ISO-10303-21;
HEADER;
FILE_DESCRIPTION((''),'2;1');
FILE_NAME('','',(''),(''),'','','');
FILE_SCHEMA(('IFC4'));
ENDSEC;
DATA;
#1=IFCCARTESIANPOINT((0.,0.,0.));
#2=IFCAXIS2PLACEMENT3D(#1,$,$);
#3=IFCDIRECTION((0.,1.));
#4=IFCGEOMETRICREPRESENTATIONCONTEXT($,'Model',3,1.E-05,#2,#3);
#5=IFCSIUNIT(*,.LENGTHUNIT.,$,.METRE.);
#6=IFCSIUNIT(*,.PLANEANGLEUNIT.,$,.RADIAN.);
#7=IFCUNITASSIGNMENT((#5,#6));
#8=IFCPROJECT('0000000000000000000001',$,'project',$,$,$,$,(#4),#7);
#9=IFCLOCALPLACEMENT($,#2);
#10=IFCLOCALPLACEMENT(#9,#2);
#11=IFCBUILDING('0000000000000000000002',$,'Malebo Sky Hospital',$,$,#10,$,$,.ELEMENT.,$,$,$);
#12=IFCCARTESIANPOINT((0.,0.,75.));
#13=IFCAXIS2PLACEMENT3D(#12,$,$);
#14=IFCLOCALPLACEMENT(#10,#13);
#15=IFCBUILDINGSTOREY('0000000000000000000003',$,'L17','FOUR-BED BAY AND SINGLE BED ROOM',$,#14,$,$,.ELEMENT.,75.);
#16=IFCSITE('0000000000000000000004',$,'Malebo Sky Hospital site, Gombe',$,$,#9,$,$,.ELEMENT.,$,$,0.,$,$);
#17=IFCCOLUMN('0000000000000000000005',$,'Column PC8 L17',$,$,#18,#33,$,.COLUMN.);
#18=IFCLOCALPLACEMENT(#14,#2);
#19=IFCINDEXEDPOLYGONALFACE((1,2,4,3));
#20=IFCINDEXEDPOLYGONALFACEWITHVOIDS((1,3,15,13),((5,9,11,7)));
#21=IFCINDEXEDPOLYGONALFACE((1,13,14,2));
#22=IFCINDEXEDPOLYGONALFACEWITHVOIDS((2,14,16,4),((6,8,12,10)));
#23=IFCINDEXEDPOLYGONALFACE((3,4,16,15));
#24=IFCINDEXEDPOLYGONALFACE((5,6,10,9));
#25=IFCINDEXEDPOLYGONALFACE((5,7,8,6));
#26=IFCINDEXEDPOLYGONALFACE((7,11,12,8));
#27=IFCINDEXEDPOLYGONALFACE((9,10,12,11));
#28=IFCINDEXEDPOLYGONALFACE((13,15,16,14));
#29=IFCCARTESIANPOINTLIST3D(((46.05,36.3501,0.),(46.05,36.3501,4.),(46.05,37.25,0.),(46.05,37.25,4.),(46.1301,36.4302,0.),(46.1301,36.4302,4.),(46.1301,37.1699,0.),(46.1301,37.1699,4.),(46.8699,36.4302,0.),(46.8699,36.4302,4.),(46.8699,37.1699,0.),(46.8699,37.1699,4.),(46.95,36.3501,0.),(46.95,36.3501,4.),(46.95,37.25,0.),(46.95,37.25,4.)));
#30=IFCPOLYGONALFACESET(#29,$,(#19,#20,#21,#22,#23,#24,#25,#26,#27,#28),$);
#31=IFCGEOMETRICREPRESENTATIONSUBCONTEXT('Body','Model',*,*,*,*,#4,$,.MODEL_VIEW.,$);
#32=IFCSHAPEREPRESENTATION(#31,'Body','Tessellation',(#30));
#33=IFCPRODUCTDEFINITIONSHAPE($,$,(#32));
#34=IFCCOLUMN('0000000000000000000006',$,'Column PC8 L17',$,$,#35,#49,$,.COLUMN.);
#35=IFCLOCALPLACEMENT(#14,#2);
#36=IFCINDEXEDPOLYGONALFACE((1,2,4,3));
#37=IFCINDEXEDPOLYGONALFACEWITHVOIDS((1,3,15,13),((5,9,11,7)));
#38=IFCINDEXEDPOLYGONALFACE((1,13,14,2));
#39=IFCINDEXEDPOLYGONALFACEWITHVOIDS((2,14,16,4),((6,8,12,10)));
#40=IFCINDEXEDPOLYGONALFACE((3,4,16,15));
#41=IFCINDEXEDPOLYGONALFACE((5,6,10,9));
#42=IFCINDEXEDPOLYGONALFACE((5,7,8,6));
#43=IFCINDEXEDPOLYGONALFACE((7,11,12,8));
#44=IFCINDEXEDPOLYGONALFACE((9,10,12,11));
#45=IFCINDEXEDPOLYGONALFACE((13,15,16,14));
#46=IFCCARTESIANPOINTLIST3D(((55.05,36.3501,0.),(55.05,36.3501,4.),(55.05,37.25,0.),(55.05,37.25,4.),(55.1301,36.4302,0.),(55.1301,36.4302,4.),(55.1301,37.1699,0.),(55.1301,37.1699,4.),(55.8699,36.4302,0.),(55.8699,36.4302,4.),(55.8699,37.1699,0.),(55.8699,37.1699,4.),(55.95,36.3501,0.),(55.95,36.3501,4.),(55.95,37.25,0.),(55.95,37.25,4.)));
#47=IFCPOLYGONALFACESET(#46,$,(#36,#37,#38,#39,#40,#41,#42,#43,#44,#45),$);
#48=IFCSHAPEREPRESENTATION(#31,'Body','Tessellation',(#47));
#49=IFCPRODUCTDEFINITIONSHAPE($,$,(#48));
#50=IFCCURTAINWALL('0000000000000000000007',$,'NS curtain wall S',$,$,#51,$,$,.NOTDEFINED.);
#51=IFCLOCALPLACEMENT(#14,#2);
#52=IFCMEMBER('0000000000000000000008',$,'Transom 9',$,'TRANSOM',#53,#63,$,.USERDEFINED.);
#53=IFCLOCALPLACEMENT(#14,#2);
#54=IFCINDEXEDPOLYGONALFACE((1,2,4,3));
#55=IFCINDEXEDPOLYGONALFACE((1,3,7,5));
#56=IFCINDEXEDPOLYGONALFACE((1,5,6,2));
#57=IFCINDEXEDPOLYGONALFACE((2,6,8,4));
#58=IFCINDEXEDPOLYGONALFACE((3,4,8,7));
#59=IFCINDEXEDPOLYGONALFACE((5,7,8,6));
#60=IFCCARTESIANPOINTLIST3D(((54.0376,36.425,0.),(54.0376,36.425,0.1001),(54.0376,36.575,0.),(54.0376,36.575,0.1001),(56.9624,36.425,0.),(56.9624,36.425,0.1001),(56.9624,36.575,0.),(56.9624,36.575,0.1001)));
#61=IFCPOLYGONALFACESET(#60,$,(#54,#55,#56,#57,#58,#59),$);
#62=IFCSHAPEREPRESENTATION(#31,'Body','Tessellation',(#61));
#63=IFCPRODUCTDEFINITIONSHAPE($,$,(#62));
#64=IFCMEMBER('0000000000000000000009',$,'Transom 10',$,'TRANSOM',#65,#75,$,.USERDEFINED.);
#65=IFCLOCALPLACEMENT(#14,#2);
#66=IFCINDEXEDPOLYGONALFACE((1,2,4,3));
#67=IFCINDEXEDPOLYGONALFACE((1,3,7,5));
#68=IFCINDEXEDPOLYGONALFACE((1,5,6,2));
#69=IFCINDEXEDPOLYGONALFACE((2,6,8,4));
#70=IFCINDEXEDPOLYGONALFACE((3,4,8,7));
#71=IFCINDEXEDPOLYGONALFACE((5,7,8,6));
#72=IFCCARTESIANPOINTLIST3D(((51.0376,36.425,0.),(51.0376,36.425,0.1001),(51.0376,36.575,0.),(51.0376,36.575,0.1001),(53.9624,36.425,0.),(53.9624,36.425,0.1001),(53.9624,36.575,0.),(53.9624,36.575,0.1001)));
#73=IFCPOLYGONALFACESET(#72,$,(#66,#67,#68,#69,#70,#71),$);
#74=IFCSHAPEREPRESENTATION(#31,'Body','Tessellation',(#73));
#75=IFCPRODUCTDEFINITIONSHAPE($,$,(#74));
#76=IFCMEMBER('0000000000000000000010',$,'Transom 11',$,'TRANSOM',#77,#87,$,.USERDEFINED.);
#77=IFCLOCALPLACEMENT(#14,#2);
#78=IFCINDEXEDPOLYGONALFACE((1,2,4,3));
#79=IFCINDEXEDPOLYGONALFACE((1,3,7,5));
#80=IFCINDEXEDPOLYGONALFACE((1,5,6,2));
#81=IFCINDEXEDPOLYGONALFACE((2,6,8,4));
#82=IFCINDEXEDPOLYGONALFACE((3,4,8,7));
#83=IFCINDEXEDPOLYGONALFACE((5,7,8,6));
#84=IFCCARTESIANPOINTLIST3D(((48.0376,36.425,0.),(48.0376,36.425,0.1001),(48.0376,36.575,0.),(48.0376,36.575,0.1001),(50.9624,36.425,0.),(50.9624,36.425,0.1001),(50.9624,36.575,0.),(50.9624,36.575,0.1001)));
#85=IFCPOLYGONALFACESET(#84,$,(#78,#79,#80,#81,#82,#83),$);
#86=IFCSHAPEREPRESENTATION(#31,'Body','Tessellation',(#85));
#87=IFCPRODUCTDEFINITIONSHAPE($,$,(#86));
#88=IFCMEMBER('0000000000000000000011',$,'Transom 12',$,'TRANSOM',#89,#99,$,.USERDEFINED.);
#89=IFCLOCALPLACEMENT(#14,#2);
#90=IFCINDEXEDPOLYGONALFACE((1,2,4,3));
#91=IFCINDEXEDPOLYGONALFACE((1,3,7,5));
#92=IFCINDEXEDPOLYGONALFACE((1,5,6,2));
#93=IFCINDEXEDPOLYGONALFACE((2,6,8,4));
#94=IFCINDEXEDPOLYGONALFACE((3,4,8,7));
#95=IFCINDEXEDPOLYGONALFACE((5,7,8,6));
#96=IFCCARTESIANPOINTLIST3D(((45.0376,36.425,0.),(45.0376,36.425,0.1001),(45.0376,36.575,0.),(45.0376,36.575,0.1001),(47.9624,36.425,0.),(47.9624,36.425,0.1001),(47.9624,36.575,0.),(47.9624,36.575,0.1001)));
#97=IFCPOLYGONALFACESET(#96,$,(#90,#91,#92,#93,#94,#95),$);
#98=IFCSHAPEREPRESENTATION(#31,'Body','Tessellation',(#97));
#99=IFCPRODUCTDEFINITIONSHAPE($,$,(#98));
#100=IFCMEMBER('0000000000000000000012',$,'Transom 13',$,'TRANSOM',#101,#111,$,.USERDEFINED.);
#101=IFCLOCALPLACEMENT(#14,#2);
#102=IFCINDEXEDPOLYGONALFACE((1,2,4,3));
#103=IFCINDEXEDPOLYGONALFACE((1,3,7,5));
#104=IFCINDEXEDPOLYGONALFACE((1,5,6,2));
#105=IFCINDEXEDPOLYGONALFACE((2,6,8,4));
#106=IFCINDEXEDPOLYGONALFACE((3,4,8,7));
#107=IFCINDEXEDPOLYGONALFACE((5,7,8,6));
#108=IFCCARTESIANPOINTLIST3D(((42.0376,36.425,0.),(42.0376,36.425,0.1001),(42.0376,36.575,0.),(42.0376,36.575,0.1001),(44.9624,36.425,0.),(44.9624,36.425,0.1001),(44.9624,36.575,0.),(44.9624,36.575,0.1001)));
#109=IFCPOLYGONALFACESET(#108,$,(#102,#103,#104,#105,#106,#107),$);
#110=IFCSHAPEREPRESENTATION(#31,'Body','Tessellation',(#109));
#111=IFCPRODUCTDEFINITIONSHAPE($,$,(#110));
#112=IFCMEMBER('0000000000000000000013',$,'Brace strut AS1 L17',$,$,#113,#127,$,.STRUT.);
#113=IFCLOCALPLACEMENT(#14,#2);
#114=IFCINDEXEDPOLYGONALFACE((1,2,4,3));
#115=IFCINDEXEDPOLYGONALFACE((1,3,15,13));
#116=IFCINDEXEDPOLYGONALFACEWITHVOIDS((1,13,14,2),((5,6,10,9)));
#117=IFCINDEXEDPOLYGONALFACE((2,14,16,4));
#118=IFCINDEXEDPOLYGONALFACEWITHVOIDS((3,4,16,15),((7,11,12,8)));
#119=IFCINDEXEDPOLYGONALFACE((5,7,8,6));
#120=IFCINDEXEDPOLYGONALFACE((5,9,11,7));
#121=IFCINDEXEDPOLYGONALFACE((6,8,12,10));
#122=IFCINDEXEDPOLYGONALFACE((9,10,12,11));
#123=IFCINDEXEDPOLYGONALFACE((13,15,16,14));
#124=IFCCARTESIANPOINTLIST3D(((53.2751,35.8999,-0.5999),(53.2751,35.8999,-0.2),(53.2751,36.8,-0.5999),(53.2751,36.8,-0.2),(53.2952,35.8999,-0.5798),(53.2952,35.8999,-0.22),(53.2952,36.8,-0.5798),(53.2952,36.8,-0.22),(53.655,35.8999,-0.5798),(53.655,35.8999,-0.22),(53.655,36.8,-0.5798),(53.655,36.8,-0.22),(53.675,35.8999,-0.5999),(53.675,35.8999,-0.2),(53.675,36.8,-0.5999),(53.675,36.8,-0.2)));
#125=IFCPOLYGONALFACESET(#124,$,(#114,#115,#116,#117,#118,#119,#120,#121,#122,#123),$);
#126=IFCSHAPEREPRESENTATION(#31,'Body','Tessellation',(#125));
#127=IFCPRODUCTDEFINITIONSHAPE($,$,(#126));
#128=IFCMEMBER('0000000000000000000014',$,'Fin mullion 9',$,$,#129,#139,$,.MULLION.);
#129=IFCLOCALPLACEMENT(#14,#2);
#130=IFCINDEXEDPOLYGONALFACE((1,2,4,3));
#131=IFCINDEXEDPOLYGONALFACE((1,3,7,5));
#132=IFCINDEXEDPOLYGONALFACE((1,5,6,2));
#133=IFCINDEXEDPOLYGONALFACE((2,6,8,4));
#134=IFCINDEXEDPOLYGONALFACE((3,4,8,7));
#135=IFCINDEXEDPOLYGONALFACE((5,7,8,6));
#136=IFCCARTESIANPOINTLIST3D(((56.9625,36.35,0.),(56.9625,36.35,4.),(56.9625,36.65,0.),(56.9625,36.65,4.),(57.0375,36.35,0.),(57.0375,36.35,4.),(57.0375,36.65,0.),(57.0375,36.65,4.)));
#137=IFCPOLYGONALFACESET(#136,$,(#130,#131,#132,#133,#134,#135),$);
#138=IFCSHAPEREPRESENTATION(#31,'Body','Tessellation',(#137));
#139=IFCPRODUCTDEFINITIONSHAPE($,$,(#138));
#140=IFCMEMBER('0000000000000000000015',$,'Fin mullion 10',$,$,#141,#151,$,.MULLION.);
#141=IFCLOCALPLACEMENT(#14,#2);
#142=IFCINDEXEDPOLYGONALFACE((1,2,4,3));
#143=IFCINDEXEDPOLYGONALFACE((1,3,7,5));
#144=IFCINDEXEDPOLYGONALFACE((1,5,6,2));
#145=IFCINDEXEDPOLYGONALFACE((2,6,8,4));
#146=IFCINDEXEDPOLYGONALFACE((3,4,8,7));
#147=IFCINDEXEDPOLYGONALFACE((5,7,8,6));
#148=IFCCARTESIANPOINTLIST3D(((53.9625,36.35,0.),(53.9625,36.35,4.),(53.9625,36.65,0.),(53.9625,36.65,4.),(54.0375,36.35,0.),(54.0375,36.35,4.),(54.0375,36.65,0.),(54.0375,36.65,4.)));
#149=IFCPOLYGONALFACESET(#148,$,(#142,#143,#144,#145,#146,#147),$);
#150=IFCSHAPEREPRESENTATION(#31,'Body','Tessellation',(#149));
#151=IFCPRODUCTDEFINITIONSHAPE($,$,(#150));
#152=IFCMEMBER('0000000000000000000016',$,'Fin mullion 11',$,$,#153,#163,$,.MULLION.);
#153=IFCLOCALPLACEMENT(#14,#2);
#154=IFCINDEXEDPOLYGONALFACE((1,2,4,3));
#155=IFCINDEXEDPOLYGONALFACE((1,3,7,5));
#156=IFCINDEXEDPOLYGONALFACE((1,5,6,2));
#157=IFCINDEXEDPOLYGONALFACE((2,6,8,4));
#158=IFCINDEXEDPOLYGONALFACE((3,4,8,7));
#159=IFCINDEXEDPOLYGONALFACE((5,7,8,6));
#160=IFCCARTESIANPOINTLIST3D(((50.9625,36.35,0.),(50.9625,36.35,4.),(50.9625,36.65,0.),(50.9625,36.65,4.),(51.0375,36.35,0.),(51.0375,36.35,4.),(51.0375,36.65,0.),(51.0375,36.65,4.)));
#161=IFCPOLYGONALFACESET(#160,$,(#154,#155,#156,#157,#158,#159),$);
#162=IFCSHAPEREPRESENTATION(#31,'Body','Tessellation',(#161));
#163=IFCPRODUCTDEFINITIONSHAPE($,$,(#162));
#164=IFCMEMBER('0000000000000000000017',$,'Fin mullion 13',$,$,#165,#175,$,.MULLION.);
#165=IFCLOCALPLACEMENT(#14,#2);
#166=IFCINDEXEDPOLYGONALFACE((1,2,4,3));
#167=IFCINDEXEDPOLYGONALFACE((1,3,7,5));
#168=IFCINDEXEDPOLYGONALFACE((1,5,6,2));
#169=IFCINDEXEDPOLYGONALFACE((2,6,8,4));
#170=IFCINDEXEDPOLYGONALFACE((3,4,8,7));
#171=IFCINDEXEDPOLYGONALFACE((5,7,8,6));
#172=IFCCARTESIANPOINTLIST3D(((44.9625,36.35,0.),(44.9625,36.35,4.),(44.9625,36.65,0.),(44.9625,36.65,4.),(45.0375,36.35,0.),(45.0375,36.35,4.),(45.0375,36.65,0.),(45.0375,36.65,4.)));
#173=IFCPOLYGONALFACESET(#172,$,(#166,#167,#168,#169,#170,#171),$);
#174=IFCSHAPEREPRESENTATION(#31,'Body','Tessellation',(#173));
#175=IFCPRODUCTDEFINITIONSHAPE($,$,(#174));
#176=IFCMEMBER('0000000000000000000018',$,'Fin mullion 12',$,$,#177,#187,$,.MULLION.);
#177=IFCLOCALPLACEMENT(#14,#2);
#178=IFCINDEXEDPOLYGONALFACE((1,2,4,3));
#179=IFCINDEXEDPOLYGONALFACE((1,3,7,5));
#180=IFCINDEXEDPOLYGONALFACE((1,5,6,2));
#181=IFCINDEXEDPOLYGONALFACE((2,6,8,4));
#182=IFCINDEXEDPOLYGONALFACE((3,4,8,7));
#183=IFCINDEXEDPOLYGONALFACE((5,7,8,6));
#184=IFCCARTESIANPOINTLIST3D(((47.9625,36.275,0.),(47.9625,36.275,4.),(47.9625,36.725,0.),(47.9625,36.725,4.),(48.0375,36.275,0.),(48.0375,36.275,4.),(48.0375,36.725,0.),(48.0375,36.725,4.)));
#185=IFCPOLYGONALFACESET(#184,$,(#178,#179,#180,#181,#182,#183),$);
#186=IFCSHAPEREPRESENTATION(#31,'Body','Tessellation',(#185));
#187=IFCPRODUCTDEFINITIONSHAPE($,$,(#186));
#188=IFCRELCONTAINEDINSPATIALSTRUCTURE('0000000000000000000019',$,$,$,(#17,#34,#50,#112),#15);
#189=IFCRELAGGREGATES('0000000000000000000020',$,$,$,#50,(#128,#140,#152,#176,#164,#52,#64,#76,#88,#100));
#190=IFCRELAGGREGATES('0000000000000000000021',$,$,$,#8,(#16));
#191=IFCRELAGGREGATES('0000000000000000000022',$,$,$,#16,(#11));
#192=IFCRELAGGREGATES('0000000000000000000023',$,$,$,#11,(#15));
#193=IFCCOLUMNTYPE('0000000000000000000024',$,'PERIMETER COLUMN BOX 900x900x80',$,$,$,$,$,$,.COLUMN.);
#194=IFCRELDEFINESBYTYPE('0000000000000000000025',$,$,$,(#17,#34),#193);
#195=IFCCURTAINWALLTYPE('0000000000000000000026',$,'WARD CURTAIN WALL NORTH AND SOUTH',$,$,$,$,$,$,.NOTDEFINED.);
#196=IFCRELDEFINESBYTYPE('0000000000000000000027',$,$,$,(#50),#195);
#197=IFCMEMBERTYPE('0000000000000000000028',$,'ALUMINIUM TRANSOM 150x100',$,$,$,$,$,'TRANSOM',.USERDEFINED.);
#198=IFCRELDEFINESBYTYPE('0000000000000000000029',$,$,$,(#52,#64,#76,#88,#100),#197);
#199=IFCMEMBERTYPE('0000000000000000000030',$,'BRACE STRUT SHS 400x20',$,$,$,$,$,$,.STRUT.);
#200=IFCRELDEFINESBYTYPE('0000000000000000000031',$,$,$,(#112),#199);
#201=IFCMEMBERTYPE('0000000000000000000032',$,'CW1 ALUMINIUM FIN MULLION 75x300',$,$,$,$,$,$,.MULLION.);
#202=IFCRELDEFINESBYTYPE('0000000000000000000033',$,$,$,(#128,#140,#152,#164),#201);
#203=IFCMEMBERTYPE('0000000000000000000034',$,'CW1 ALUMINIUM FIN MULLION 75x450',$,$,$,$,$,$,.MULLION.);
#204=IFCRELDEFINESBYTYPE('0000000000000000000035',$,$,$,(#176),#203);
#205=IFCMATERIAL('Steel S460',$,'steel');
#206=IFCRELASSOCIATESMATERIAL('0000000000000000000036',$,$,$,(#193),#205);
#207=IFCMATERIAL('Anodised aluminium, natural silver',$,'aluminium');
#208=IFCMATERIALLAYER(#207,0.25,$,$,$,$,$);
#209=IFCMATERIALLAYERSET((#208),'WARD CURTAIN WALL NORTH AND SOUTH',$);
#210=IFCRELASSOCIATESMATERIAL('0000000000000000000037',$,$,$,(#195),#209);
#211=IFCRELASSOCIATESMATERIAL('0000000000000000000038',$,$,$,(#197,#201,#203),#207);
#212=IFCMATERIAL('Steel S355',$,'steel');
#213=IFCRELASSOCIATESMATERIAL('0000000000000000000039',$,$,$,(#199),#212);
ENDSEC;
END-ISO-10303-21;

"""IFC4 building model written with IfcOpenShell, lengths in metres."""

from ifc_helpers import new_model, si_unit, direction, frame, origin, origin_2d, place, context, subcontext, project, spatial, rectangle, hollow_rectangle, extrude, material, layer, layer_set, material_profile, profile_set, type_object, element, aggregate, save


model = new_model("IFC4")

# Units and contexts
model_context = context("Model", 3, precision=1e-05, world=origin(), true_north=direction((0.0, 1.0)))
body_context = subcontext(model_context, "Body", "Model", "MODEL_VIEW")
ifc_project = project(units=[si_unit("LENGTHUNIT", "METRE"), si_unit("PLANEANGLEUNIT", "RADIAN")], contexts=[model_context])

# Site, building, storey
site_placement = place(None, origin())
site = spatial("IfcSite", under=ifc_project, at=site_placement, Name="Malebo Sky Hospital site, Gombe", CompositionType="ELEMENT", RefElevation=0.0)
building_placement = place(site_placement, origin())
building = spatial("IfcBuilding", under=site, at=building_placement, Name="Malebo Sky Hospital", CompositionType="ELEMENT")
storey_placement = place(building_placement, frame((0.0, 0.0, 75.0)))
storey = spatial("IfcBuildingStorey", under=building, at=storey_placement, Name="L17", Description="FOUR-BED BAY AND SINGLE BED ROOM", CompositionType="ELEMENT", Elevation=75.0)

# Columns
ifc_material_1 = material(Name="Steel S460", Category="steel")
ifc_material_profile_1 = material_profile(ifc_material_1, hollow_rectangle(XDim=0.8999, YDim=0.8999, WallThickness=0.0801, at=origin_2d()), Name="BOX 900x900x80")
ifc_profile_set_1 = profile_set([ifc_material_profile_1], Name="Steel S460")
column_type = type_object("IfcColumnType", Name="PERIMETER COLUMN BOX 900x900x80", PredefinedType="COLUMN", material=ifc_profile_set_1)
for number, where, z_axis, x_axis, name in (
    (1, (46.5, 36.8, 0.0), (0.0, 0.0, 1.0), (1.0, 0.0, 0.0), "Column PC8 L17"),
    (2, (55.5, 36.8, 0.0), (0.0, 0.0, 1.0), (1.0, 0.0, 0.0), "Column PC8 L17"),
):
    element("IfcColumn", number, at=place(storey_placement, frame(where, z_axis=z_axis, x_axis=x_axis)), inside=storey, type_object=column_type, Name=name, PredefinedType="COLUMN", context=body_context, shape_type="SweptSolid", body=[
        extrude(hollow_rectangle(XDim=0.8999, YDim=0.8999, WallThickness=0.0801, at=origin_2d()), origin(), (0.0, 0.0, 1.0), 4.0),
    ])

# Curtain wall, members
ifc_material_2 = material(Name="Anodised aluminium, natural silver", Category="aluminium")
ifc_layer_1 = layer(ifc_material_2, 0.25)
ifc_layer_set_1 = layer_set([ifc_layer_1], Name="WARD CURTAIN WALL NORTH AND SOUTH")
curtain_wall_type = type_object("IfcCurtainWallType", Name="WARD CURTAIN WALL NORTH AND SOUTH", PredefinedType="NOTDEFINED", material=ifc_layer_set_1)
curtain_wall_placement = place(storey_placement, origin())
curtain_wall = element("IfcCurtainWall", 3, at=curtain_wall_placement, inside=storey, type_object=curtain_wall_type, Name="NS curtain wall S", PredefinedType="NOTDEFINED")
ifc_material_profile_2 = material_profile(ifc_material_2, rectangle(XDim=0.1499, YDim=0.1001, at=origin_2d()), Name="ALUMINIUM TRANSOM 150x100")
ifc_profile_set_2 = profile_set([ifc_material_profile_2], Name="Anodised aluminium, natural silver")
member_type_1 = type_object("IfcMemberType", Name="ALUMINIUM TRANSOM 150x100", ElementType="TRANSOM", PredefinedType="USERDEFINED", material=ifc_profile_set_2)
member_1_placement = place(storey_placement, frame((56.9624, 36.5, 0.05), z_axis=(-1.0, 0.0, 0.0), x_axis=(0.0, -1.0, 0.0)))
member_1 = element("IfcMember", 4, at=member_1_placement, type_object=member_type_1, Name="Transom 9", ObjectType="TRANSOM", PredefinedType="USERDEFINED", context=body_context, shape_type="SweptSolid", body=[
    extrude(rectangle(XDim=0.1499, YDim=0.1001, at=origin_2d()), origin(), (0.0, 0.0, 1.0), 2.9248),
])
member_2_placement = place(storey_placement, frame((53.9624, 36.5, 0.05), z_axis=(-1.0, 0.0, 0.0), x_axis=(0.0, -1.0, 0.0)))
member_2 = element("IfcMember", 5, at=member_2_placement, type_object=member_type_1, Name="Transom 10", ObjectType="TRANSOM", PredefinedType="USERDEFINED", context=body_context, shape_type="SweptSolid", body=[
    extrude(rectangle(XDim=0.1499, YDim=0.1001, at=origin_2d()), origin(), (0.0, 0.0, 1.0), 2.9248),
])
member_3_placement = place(storey_placement, frame((50.9624, 36.5, 0.05), z_axis=(-1.0, 0.0, 0.0), x_axis=(0.0, -1.0, 0.0)))
member_3 = element("IfcMember", 6, at=member_3_placement, type_object=member_type_1, Name="Transom 11", ObjectType="TRANSOM", PredefinedType="USERDEFINED", context=body_context, shape_type="SweptSolid", body=[
    extrude(rectangle(XDim=0.1499, YDim=0.1001, at=origin_2d()), origin(), (0.0, 0.0, 1.0), 2.9248),
])
member_4_placement = place(storey_placement, frame((47.9624, 36.5, 0.05), z_axis=(-1.0, 0.0, 0.0), x_axis=(0.0, -1.0, 0.0)))
member_4 = element("IfcMember", 7, at=member_4_placement, type_object=member_type_1, Name="Transom 12", ObjectType="TRANSOM", PredefinedType="USERDEFINED", context=body_context, shape_type="SweptSolid", body=[
    extrude(rectangle(XDim=0.1499, YDim=0.1001, at=origin_2d()), origin(), (0.0, 0.0, 1.0), 2.9248),
])
member_5_placement = place(storey_placement, frame((44.9624, 36.5, 0.05), z_axis=(-1.0, 0.0, 0.0), x_axis=(0.0, -1.0, 0.0)))
member_5 = element("IfcMember", 8, at=member_5_placement, type_object=member_type_1, Name="Transom 13", ObjectType="TRANSOM", PredefinedType="USERDEFINED", context=body_context, shape_type="SweptSolid", body=[
    extrude(rectangle(XDim=0.1499, YDim=0.1001, at=origin_2d()), origin(), (0.0, 0.0, 1.0), 2.9248),
])

# Members
ifc_material_3 = material(Name="Steel S355", Category="steel")
ifc_material_profile_3 = material_profile(ifc_material_3, hollow_rectangle(XDim=0.3999, YDim=0.3999, WallThickness=0.02, at=origin_2d()), Name="SHS 400x20")
ifc_profile_set_3 = profile_set([ifc_material_profile_3], Name="Steel S355")
member_type_2 = type_object("IfcMemberType", Name="BRACE STRUT SHS 400x20", PredefinedType="STRUT", material=ifc_profile_set_3)
member_6_placement = place(storey_placement, frame((53.4751, 35.8999, -0.3999), z_axis=(0.0, 1.0, 0.0), x_axis=(-1.0, 0.0, 0.0)))
element("IfcMember", 9, at=member_6_placement, inside=storey, type_object=member_type_2, Name="Brace strut AS1 L17", PredefinedType="STRUT", context=body_context, shape_type="SweptSolid", body=[
    extrude(hollow_rectangle(XDim=0.3999, YDim=0.3999, WallThickness=0.02, at=origin_2d()), origin(), (0.0, 0.0, 1.0), 0.9001),
])
ifc_material_profile_4 = material_profile(ifc_material_2, rectangle(XDim=0.075, YDim=0.3, at=origin_2d()), Name="CW1 ALUMINIUM FIN MULLION 75x300")
ifc_profile_set_4 = profile_set([ifc_material_profile_4], Name="Anodised aluminium, natural silver")
member_type_3 = type_object("IfcMemberType", Name="CW1 ALUMINIUM FIN MULLION 75x300", PredefinedType="MULLION", material=ifc_profile_set_4)
member_7_placement = place(storey_placement, frame((57.0, 36.5, 0.0), z_axis=(0.0, 0.0, 1.0), x_axis=(-1.0, 0.0, 0.0)))
member_7 = element("IfcMember", 10, at=member_7_placement, type_object=member_type_3, Name="Fin mullion 9", PredefinedType="MULLION", context=body_context, shape_type="SweptSolid", body=[
    extrude(rectangle(XDim=0.075, YDim=0.3, at=origin_2d()), origin(), (0.0, 0.0, 1.0), 4.0),
])
member_8_placement = place(storey_placement, frame((54.0, 36.5, 0.0), z_axis=(0.0, 0.0, 1.0), x_axis=(-1.0, 0.0, 0.0)))
member_8 = element("IfcMember", 11, at=member_8_placement, type_object=member_type_3, Name="Fin mullion 10", PredefinedType="MULLION", context=body_context, shape_type="SweptSolid", body=[
    extrude(rectangle(XDim=0.075, YDim=0.3, at=origin_2d()), origin(), (0.0, 0.0, 1.0), 4.0),
])
member_9_placement = place(storey_placement, frame((51.0, 36.5, 0.0), z_axis=(0.0, 0.0, 1.0), x_axis=(-1.0, 0.0, 0.0)))
member_9 = element("IfcMember", 12, at=member_9_placement, type_object=member_type_3, Name="Fin mullion 11", PredefinedType="MULLION", context=body_context, shape_type="SweptSolid", body=[
    extrude(rectangle(XDim=0.075, YDim=0.3, at=origin_2d()), origin(), (0.0, 0.0, 1.0), 4.0),
])
member_10_placement = place(storey_placement, frame((45.0, 36.5, 0.0), z_axis=(0.0, 0.0, 1.0), x_axis=(-1.0, 0.0, 0.0)))
member_10 = element("IfcMember", 13, at=member_10_placement, type_object=member_type_3, Name="Fin mullion 13", PredefinedType="MULLION", context=body_context, shape_type="SweptSolid", body=[
    extrude(rectangle(XDim=0.075, YDim=0.3, at=origin_2d()), origin(), (0.0, 0.0, 1.0), 4.0),
])
ifc_material_profile_5 = material_profile(ifc_material_2, rectangle(XDim=0.075, YDim=0.45, at=origin_2d()), Name="CW1 ALUMINIUM FIN MULLION 75x450")
ifc_profile_set_5 = profile_set([ifc_material_profile_5], Name="Anodised aluminium, natural silver")
member_type_4 = type_object("IfcMemberType", Name="CW1 ALUMINIUM FIN MULLION 75x450", PredefinedType="MULLION", material=ifc_profile_set_5)
member_11_placement = place(storey_placement, frame((48.0, 36.5, 0.0), z_axis=(0.0, 0.0, 1.0), x_axis=(-1.0, 0.0, 0.0)))
member_11 = element("IfcMember", 14, at=member_11_placement, type_object=member_type_4, Name="Fin mullion 12", PredefinedType="MULLION", context=body_context, shape_type="SweptSolid", body=[
    extrude(rectangle(XDim=0.075, YDim=0.45, at=origin_2d()), origin(), (0.0, 0.0, 1.0), 4.0),
])

aggregate(curtain_wall, [member_7, member_8, member_9, member_11, member_10, member_1, member_2, member_3, member_4, member_5])

save(model, "model.ifc")
